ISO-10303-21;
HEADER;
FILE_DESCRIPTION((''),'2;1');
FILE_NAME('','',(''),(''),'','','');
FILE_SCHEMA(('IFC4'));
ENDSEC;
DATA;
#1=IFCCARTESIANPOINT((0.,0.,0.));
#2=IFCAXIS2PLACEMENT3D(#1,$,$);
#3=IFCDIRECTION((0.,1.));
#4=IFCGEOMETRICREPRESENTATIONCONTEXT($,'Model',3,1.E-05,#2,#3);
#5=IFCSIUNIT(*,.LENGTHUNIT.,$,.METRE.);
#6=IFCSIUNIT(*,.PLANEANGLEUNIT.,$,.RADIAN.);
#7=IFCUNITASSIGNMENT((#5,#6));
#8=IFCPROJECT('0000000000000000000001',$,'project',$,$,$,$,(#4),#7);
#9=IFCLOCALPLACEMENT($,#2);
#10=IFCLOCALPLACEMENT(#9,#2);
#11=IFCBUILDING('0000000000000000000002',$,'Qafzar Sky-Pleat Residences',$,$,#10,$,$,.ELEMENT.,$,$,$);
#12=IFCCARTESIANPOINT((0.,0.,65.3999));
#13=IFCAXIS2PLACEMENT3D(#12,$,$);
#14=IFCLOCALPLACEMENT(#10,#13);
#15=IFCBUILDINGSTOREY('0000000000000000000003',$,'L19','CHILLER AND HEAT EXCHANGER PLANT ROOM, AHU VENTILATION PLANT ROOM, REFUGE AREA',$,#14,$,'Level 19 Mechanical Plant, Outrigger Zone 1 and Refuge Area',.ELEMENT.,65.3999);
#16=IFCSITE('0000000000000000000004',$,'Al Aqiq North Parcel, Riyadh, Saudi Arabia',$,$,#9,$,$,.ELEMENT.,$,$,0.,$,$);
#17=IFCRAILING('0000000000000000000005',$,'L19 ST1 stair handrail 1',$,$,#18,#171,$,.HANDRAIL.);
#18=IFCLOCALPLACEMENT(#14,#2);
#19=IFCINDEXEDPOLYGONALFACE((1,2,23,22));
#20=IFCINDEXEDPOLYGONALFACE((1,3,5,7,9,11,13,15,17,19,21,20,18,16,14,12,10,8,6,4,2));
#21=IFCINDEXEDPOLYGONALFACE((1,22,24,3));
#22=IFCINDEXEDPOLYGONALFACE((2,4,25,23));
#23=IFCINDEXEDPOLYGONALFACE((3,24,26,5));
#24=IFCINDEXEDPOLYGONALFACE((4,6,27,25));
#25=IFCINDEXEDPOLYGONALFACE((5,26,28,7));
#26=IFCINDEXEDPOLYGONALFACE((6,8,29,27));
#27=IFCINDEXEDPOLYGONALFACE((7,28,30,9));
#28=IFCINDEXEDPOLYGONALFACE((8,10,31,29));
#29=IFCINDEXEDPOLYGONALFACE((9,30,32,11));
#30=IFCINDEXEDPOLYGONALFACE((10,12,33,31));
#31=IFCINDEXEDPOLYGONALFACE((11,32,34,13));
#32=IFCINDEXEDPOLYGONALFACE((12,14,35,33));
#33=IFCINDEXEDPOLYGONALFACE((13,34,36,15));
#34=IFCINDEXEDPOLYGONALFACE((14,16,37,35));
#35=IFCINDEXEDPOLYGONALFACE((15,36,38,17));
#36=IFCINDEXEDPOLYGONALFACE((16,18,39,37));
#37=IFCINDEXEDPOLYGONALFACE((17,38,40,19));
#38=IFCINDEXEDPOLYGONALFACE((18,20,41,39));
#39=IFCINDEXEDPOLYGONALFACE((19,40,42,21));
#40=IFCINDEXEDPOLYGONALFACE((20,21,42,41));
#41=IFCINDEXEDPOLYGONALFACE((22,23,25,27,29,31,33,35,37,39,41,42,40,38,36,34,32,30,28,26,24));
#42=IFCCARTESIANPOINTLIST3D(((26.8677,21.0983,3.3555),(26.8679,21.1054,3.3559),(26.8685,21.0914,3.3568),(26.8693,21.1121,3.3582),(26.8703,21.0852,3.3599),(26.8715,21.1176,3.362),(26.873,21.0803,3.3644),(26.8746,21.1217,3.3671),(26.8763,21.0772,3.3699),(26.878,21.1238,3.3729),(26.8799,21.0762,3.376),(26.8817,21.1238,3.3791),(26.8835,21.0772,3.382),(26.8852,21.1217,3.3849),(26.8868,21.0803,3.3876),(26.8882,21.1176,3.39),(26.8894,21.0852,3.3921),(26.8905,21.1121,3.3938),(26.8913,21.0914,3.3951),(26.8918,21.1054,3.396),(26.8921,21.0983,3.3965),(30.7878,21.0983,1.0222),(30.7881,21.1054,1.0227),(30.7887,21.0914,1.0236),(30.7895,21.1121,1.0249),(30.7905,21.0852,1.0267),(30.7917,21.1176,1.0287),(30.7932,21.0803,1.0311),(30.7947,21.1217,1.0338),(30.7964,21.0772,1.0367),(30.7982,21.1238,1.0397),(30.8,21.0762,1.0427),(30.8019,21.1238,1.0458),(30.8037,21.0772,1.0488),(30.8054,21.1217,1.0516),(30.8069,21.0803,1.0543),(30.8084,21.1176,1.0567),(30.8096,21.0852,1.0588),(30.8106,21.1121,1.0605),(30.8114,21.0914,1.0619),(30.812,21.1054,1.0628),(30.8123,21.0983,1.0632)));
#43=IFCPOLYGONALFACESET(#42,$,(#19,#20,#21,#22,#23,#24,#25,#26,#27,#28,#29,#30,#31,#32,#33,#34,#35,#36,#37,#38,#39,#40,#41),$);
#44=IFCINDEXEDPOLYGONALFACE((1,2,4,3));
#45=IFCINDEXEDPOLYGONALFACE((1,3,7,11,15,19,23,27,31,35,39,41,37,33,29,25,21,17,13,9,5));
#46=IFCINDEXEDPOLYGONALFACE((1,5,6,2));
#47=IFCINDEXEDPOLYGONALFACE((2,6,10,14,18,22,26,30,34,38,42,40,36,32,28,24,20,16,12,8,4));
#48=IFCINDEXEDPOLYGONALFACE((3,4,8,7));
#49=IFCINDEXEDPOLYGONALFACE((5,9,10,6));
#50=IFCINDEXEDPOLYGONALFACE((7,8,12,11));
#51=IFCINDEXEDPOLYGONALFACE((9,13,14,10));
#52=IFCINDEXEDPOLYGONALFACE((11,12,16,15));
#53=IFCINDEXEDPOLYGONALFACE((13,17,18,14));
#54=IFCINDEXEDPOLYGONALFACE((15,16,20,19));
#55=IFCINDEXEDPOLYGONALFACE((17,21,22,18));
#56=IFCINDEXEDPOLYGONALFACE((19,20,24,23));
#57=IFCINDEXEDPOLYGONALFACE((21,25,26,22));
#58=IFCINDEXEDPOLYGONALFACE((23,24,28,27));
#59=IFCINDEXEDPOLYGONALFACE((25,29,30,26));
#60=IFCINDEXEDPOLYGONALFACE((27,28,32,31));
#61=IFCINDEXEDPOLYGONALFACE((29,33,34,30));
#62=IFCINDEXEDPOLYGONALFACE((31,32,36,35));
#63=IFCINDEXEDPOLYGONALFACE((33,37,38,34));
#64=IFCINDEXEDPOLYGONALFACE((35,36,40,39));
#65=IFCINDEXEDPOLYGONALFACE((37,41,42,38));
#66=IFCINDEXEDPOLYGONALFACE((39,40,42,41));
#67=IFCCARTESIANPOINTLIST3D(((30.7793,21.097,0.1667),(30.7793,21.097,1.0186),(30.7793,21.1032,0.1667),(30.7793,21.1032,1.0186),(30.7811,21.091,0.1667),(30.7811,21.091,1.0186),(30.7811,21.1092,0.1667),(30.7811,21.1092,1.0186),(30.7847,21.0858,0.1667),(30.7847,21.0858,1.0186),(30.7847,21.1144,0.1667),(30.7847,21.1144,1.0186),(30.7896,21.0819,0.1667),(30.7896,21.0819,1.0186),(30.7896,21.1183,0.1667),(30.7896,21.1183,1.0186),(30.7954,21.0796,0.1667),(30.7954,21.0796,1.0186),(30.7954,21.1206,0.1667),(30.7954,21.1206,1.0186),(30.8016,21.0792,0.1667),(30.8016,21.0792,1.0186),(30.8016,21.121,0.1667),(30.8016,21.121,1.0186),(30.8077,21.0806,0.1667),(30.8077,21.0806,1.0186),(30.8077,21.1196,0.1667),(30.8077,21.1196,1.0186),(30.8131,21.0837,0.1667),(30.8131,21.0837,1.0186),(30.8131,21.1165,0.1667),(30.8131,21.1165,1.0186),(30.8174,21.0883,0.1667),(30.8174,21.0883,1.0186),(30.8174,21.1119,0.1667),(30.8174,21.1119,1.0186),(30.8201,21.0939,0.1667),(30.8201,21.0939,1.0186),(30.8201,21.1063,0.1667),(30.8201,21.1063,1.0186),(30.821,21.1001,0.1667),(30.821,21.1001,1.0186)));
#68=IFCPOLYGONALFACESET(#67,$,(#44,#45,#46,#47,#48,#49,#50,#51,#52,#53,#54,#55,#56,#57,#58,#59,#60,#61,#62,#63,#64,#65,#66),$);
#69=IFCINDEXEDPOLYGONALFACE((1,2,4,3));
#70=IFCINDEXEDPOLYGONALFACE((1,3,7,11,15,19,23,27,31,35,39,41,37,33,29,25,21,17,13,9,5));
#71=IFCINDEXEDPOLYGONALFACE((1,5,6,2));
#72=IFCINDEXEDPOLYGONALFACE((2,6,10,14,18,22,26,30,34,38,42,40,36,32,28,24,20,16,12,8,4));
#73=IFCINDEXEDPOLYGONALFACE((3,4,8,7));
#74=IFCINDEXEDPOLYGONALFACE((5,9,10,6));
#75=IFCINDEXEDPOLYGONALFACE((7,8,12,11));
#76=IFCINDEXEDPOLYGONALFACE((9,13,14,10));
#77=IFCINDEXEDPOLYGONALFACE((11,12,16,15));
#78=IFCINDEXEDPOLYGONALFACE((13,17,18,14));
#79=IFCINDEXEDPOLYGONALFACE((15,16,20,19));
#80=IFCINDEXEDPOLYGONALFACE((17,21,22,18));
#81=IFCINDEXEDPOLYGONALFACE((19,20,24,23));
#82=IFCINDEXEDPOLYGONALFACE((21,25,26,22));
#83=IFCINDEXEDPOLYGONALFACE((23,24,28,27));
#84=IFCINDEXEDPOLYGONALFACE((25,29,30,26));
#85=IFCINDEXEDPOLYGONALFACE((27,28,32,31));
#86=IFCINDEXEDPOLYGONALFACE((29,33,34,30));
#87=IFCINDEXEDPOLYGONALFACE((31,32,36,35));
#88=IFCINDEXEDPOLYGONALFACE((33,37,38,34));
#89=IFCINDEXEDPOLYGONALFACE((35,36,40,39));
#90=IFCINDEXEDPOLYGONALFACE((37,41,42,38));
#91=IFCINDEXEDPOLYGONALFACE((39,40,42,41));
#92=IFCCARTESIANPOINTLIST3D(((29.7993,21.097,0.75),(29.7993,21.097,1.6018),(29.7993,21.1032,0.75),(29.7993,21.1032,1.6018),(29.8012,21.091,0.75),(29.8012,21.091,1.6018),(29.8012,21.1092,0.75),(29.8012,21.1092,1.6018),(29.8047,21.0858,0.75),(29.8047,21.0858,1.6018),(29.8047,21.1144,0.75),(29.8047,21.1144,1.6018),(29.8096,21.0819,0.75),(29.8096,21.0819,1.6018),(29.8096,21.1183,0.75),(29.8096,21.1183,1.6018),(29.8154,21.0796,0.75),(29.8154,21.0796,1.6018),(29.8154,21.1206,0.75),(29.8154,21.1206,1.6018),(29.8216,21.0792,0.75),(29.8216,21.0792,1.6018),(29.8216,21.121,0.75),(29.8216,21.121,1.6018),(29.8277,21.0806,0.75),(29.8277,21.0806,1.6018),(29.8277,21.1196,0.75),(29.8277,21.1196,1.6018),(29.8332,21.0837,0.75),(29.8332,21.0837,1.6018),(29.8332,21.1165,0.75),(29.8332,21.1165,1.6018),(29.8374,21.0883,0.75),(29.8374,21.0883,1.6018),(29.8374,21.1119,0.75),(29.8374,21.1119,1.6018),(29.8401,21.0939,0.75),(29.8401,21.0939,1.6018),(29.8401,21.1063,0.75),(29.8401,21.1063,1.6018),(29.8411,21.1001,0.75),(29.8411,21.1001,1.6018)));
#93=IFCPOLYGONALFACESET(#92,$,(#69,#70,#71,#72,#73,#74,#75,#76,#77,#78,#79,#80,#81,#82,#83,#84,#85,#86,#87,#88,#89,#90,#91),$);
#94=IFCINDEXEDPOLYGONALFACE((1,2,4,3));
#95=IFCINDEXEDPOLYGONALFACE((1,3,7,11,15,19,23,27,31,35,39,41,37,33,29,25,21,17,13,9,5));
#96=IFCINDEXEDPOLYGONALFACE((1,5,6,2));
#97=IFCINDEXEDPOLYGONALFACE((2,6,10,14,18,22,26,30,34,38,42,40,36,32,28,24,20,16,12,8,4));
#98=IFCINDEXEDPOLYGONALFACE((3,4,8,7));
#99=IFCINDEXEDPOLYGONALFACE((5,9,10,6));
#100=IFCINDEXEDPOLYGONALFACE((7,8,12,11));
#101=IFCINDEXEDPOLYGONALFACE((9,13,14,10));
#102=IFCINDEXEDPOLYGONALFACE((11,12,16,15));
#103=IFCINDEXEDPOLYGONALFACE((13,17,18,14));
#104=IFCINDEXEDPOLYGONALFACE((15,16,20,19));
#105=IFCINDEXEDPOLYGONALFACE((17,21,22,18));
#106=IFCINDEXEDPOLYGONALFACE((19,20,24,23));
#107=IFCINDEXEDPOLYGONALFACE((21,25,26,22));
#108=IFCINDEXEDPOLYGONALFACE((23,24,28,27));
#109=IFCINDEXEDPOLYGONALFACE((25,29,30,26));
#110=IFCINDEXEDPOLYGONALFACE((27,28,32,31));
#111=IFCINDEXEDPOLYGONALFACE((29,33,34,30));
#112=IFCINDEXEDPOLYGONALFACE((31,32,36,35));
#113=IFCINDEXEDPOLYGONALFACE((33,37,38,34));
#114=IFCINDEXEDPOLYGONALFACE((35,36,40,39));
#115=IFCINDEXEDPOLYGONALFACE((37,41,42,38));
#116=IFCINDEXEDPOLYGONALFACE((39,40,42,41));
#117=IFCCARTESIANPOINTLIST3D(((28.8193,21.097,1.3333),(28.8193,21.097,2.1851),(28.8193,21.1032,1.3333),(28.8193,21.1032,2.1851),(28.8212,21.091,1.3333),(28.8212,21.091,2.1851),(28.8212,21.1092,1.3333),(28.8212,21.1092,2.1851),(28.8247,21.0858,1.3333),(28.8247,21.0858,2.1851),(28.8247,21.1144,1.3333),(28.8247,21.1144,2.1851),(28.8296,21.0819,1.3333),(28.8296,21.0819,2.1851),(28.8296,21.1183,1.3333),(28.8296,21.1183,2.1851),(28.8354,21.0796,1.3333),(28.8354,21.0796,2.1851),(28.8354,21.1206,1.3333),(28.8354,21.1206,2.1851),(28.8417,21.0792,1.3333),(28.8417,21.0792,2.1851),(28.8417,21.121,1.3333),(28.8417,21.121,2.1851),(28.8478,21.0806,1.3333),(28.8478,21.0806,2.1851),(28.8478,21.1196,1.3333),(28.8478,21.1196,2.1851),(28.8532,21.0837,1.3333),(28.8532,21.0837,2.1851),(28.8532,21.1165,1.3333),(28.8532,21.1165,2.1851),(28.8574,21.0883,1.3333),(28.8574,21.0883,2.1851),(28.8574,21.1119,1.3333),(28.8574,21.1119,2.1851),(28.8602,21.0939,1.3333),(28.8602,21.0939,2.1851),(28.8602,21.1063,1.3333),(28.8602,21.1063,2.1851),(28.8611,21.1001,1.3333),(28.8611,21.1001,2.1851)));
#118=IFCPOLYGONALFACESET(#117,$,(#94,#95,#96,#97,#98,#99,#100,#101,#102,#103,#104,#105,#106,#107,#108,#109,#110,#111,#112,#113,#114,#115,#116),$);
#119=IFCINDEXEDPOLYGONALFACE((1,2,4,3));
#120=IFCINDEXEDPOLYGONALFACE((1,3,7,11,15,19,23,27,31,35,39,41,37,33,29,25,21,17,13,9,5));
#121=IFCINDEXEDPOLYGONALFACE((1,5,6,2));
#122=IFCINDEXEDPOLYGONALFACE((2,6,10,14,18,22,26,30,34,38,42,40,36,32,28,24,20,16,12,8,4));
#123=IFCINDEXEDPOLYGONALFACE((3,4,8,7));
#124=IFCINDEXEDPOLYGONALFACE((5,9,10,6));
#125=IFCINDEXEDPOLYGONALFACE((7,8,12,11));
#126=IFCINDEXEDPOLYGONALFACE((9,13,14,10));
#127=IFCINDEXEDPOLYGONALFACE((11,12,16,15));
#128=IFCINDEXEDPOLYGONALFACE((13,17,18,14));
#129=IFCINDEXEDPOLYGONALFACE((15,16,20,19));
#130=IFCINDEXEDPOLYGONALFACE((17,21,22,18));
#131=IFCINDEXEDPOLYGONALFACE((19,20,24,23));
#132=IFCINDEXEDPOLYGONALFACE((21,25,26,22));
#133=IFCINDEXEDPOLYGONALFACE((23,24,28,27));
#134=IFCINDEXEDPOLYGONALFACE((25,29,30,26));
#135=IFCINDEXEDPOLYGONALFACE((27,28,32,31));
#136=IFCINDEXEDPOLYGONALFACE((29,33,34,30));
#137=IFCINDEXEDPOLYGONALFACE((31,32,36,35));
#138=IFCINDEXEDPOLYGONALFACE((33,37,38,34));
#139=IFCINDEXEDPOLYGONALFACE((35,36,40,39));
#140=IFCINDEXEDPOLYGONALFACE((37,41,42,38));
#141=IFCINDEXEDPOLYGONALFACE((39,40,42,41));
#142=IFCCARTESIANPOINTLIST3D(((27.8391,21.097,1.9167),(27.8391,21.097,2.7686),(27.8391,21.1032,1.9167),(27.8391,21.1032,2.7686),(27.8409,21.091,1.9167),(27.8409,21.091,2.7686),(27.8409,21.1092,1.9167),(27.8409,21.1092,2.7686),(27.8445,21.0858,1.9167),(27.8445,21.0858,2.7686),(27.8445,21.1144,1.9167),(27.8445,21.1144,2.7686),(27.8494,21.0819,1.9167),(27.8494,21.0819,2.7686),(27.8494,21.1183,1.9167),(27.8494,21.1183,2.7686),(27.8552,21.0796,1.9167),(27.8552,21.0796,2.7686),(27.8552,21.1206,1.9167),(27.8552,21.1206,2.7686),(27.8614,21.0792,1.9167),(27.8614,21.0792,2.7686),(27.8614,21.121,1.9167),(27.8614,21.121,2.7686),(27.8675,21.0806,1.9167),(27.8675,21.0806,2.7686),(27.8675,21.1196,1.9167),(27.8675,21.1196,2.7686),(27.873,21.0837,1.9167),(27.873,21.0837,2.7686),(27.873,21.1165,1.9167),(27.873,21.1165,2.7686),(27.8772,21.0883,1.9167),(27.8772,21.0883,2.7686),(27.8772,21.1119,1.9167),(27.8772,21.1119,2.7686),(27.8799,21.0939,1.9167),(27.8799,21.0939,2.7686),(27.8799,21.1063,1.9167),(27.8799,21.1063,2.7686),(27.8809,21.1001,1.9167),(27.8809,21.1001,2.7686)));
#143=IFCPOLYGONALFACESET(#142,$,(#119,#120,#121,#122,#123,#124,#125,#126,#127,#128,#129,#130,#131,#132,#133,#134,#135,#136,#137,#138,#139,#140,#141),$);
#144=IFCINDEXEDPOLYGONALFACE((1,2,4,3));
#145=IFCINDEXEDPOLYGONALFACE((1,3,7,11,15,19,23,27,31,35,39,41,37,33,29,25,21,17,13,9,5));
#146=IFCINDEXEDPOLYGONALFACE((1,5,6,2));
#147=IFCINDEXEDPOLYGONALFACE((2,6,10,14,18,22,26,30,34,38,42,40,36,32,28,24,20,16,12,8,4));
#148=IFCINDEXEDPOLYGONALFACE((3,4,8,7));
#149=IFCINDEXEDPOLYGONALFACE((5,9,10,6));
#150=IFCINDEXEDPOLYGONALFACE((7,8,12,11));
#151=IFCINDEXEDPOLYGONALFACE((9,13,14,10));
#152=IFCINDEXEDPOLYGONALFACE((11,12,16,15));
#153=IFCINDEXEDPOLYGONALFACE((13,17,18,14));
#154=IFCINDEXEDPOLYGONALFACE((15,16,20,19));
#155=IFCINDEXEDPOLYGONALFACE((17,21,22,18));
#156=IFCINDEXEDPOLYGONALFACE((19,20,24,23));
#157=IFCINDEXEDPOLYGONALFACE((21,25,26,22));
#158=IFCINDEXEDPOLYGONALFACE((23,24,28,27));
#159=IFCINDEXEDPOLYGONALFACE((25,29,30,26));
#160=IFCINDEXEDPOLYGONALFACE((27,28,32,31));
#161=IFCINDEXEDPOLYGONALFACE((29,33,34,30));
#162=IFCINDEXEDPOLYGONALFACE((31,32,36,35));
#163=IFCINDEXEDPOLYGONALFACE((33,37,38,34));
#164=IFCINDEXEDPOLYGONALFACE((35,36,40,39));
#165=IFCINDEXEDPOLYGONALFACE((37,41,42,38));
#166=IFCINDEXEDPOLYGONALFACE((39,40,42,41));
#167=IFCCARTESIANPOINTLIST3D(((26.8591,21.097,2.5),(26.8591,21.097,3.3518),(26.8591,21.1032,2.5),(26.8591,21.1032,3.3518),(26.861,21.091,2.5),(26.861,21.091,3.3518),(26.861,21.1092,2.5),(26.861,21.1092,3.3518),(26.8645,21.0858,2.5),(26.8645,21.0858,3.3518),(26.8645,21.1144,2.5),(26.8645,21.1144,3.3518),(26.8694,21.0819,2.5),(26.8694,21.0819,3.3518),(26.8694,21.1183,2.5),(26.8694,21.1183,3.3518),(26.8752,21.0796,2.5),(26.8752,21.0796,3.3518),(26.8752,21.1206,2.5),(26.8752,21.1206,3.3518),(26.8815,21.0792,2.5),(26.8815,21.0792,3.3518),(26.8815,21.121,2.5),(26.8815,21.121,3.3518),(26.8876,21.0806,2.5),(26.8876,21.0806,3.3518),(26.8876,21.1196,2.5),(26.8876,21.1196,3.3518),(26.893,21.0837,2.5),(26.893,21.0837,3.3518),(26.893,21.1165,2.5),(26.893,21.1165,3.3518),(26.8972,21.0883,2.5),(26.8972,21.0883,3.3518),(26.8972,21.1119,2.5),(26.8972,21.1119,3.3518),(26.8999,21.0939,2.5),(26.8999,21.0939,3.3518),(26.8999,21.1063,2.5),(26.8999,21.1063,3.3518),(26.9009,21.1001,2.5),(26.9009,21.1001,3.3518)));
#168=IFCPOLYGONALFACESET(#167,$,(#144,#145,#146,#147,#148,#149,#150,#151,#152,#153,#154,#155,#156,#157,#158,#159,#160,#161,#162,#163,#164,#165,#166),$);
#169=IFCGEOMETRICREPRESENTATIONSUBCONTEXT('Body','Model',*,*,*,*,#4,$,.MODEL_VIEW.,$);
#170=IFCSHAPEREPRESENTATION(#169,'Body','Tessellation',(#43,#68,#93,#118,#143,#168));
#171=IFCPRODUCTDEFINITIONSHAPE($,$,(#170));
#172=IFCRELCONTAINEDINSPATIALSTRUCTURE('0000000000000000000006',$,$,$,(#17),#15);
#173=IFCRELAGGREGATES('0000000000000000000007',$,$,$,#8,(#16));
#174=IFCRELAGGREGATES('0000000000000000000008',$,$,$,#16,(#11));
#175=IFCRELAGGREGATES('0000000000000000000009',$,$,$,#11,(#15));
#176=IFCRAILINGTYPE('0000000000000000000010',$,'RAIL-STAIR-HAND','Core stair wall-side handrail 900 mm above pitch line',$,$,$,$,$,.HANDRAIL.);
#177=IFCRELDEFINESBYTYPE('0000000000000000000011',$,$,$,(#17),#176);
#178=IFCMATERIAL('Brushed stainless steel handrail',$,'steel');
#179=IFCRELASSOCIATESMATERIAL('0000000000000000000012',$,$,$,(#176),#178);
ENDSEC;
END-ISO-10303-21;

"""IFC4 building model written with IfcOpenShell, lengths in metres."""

from ifc_helpers import new_model, si_unit, direction, frame, origin, origin_2d, place, context, subcontext, project, spatial, circle, extrude, source, transform, mapped, material, type_object, element, save


model = new_model("IFC4")

# Units and contexts
model_context = context("Model", 3, precision=1e-05, world=origin(), true_north=direction((0.0, 1.0)))
body_context = subcontext(model_context, "Body", "Model", "MODEL_VIEW")
ifc_project = project(units=[si_unit("LENGTHUNIT", "METRE"), si_unit("PLANEANGLEUNIT", "RADIAN")], contexts=[model_context])

# Site, building, storey
site_placement = place(None, origin())
site = spatial("IfcSite", under=ifc_project, at=site_placement, Name="Al Aqiq North Parcel, Riyadh, Saudi Arabia", CompositionType="ELEMENT", RefElevation=0.0)
building_placement = place(site_placement, origin())
building = spatial("IfcBuilding", under=site, at=building_placement, Name="Qafzar Sky-Pleat Residences", CompositionType="ELEMENT")
storey_placement = place(building_placement, frame((0.0, 0.0, 65.3999)))
storey = spatial("IfcBuildingStorey", under=building, at=storey_placement, Name="L19", Description="CHILLER AND HEAT EXCHANGER PLANT ROOM, AHU VENTILATION PLANT ROOM, REFUGE AREA", LongName="Level 19 Mechanical Plant, Outrigger Zone 1 and Refuge Area", CompositionType="ELEMENT", Elevation=65.3999)

# Railing
ifc_material_1 = material(Name="Brushed stainless steel handrail", Category="steel")
railing_type_1 = type_object("IfcRailingType", Name="RAIL-STAIR-HAND", Description="Core stair wall-side handrail 900 mm above pitch line", PredefinedType="HANDRAIL", material=ifc_material_1)
shared_shape_1 = source(origin(), body_context, "Body", "SweptSolid", [
    extrude(circle(Radius=0.0239, at=origin_2d()), frame((0.0, 0.0, 0.876), z_axis=(-0.85931, 0.0, 0.511455), x_axis=(0.0, -1.0, 0.0)), (0.0, 0.0, 1.0), 4.562),
    extrude(circle(Radius=0.021, at=origin_2d()), origin(), (0.0, 0.0, 1.0), 0.8518),
    extrude(circle(Radius=0.021, at=origin_2d()), frame((-0.98, 0.0, 0.5833)), (0.0, 0.0, 1.0), 0.8518),
    extrude(circle(Radius=0.021, at=origin_2d()), frame((-1.96, 0.0, 1.1665)), (0.0, 0.0, 1.0), 0.8518),
    extrude(circle(Radius=0.021, at=origin_2d()), frame((-2.9402, 0.0, 1.75)), (0.0, 0.0, 1.0), 0.8518),
    extrude(circle(Radius=0.021, at=origin_2d()), frame((-3.9202, 0.0, 2.3333)), (0.0, 0.0, 1.0), 0.8518),
])
railing_1_placement = place(storey_placement, frame((30.8, 21.1001, 0.1667)))
element("IfcRailing", 1, at=railing_1_placement, inside=storey, type_object=railing_type_1, Name="L19 ST1 stair handrail 1", PredefinedType="HANDRAIL", context=body_context, shape_type="MappedRepresentation", body=[
    mapped(shared_shape_1, transform((0.0, 0.0, 0.0), x_axis=(1.0, 0.0, 0.0), y_axis=(0.0, 1.0, 0.0), z_axis=(0.0, 0.0, 1.0), scale=1.0)),
])

save(model, "model.ifc")
